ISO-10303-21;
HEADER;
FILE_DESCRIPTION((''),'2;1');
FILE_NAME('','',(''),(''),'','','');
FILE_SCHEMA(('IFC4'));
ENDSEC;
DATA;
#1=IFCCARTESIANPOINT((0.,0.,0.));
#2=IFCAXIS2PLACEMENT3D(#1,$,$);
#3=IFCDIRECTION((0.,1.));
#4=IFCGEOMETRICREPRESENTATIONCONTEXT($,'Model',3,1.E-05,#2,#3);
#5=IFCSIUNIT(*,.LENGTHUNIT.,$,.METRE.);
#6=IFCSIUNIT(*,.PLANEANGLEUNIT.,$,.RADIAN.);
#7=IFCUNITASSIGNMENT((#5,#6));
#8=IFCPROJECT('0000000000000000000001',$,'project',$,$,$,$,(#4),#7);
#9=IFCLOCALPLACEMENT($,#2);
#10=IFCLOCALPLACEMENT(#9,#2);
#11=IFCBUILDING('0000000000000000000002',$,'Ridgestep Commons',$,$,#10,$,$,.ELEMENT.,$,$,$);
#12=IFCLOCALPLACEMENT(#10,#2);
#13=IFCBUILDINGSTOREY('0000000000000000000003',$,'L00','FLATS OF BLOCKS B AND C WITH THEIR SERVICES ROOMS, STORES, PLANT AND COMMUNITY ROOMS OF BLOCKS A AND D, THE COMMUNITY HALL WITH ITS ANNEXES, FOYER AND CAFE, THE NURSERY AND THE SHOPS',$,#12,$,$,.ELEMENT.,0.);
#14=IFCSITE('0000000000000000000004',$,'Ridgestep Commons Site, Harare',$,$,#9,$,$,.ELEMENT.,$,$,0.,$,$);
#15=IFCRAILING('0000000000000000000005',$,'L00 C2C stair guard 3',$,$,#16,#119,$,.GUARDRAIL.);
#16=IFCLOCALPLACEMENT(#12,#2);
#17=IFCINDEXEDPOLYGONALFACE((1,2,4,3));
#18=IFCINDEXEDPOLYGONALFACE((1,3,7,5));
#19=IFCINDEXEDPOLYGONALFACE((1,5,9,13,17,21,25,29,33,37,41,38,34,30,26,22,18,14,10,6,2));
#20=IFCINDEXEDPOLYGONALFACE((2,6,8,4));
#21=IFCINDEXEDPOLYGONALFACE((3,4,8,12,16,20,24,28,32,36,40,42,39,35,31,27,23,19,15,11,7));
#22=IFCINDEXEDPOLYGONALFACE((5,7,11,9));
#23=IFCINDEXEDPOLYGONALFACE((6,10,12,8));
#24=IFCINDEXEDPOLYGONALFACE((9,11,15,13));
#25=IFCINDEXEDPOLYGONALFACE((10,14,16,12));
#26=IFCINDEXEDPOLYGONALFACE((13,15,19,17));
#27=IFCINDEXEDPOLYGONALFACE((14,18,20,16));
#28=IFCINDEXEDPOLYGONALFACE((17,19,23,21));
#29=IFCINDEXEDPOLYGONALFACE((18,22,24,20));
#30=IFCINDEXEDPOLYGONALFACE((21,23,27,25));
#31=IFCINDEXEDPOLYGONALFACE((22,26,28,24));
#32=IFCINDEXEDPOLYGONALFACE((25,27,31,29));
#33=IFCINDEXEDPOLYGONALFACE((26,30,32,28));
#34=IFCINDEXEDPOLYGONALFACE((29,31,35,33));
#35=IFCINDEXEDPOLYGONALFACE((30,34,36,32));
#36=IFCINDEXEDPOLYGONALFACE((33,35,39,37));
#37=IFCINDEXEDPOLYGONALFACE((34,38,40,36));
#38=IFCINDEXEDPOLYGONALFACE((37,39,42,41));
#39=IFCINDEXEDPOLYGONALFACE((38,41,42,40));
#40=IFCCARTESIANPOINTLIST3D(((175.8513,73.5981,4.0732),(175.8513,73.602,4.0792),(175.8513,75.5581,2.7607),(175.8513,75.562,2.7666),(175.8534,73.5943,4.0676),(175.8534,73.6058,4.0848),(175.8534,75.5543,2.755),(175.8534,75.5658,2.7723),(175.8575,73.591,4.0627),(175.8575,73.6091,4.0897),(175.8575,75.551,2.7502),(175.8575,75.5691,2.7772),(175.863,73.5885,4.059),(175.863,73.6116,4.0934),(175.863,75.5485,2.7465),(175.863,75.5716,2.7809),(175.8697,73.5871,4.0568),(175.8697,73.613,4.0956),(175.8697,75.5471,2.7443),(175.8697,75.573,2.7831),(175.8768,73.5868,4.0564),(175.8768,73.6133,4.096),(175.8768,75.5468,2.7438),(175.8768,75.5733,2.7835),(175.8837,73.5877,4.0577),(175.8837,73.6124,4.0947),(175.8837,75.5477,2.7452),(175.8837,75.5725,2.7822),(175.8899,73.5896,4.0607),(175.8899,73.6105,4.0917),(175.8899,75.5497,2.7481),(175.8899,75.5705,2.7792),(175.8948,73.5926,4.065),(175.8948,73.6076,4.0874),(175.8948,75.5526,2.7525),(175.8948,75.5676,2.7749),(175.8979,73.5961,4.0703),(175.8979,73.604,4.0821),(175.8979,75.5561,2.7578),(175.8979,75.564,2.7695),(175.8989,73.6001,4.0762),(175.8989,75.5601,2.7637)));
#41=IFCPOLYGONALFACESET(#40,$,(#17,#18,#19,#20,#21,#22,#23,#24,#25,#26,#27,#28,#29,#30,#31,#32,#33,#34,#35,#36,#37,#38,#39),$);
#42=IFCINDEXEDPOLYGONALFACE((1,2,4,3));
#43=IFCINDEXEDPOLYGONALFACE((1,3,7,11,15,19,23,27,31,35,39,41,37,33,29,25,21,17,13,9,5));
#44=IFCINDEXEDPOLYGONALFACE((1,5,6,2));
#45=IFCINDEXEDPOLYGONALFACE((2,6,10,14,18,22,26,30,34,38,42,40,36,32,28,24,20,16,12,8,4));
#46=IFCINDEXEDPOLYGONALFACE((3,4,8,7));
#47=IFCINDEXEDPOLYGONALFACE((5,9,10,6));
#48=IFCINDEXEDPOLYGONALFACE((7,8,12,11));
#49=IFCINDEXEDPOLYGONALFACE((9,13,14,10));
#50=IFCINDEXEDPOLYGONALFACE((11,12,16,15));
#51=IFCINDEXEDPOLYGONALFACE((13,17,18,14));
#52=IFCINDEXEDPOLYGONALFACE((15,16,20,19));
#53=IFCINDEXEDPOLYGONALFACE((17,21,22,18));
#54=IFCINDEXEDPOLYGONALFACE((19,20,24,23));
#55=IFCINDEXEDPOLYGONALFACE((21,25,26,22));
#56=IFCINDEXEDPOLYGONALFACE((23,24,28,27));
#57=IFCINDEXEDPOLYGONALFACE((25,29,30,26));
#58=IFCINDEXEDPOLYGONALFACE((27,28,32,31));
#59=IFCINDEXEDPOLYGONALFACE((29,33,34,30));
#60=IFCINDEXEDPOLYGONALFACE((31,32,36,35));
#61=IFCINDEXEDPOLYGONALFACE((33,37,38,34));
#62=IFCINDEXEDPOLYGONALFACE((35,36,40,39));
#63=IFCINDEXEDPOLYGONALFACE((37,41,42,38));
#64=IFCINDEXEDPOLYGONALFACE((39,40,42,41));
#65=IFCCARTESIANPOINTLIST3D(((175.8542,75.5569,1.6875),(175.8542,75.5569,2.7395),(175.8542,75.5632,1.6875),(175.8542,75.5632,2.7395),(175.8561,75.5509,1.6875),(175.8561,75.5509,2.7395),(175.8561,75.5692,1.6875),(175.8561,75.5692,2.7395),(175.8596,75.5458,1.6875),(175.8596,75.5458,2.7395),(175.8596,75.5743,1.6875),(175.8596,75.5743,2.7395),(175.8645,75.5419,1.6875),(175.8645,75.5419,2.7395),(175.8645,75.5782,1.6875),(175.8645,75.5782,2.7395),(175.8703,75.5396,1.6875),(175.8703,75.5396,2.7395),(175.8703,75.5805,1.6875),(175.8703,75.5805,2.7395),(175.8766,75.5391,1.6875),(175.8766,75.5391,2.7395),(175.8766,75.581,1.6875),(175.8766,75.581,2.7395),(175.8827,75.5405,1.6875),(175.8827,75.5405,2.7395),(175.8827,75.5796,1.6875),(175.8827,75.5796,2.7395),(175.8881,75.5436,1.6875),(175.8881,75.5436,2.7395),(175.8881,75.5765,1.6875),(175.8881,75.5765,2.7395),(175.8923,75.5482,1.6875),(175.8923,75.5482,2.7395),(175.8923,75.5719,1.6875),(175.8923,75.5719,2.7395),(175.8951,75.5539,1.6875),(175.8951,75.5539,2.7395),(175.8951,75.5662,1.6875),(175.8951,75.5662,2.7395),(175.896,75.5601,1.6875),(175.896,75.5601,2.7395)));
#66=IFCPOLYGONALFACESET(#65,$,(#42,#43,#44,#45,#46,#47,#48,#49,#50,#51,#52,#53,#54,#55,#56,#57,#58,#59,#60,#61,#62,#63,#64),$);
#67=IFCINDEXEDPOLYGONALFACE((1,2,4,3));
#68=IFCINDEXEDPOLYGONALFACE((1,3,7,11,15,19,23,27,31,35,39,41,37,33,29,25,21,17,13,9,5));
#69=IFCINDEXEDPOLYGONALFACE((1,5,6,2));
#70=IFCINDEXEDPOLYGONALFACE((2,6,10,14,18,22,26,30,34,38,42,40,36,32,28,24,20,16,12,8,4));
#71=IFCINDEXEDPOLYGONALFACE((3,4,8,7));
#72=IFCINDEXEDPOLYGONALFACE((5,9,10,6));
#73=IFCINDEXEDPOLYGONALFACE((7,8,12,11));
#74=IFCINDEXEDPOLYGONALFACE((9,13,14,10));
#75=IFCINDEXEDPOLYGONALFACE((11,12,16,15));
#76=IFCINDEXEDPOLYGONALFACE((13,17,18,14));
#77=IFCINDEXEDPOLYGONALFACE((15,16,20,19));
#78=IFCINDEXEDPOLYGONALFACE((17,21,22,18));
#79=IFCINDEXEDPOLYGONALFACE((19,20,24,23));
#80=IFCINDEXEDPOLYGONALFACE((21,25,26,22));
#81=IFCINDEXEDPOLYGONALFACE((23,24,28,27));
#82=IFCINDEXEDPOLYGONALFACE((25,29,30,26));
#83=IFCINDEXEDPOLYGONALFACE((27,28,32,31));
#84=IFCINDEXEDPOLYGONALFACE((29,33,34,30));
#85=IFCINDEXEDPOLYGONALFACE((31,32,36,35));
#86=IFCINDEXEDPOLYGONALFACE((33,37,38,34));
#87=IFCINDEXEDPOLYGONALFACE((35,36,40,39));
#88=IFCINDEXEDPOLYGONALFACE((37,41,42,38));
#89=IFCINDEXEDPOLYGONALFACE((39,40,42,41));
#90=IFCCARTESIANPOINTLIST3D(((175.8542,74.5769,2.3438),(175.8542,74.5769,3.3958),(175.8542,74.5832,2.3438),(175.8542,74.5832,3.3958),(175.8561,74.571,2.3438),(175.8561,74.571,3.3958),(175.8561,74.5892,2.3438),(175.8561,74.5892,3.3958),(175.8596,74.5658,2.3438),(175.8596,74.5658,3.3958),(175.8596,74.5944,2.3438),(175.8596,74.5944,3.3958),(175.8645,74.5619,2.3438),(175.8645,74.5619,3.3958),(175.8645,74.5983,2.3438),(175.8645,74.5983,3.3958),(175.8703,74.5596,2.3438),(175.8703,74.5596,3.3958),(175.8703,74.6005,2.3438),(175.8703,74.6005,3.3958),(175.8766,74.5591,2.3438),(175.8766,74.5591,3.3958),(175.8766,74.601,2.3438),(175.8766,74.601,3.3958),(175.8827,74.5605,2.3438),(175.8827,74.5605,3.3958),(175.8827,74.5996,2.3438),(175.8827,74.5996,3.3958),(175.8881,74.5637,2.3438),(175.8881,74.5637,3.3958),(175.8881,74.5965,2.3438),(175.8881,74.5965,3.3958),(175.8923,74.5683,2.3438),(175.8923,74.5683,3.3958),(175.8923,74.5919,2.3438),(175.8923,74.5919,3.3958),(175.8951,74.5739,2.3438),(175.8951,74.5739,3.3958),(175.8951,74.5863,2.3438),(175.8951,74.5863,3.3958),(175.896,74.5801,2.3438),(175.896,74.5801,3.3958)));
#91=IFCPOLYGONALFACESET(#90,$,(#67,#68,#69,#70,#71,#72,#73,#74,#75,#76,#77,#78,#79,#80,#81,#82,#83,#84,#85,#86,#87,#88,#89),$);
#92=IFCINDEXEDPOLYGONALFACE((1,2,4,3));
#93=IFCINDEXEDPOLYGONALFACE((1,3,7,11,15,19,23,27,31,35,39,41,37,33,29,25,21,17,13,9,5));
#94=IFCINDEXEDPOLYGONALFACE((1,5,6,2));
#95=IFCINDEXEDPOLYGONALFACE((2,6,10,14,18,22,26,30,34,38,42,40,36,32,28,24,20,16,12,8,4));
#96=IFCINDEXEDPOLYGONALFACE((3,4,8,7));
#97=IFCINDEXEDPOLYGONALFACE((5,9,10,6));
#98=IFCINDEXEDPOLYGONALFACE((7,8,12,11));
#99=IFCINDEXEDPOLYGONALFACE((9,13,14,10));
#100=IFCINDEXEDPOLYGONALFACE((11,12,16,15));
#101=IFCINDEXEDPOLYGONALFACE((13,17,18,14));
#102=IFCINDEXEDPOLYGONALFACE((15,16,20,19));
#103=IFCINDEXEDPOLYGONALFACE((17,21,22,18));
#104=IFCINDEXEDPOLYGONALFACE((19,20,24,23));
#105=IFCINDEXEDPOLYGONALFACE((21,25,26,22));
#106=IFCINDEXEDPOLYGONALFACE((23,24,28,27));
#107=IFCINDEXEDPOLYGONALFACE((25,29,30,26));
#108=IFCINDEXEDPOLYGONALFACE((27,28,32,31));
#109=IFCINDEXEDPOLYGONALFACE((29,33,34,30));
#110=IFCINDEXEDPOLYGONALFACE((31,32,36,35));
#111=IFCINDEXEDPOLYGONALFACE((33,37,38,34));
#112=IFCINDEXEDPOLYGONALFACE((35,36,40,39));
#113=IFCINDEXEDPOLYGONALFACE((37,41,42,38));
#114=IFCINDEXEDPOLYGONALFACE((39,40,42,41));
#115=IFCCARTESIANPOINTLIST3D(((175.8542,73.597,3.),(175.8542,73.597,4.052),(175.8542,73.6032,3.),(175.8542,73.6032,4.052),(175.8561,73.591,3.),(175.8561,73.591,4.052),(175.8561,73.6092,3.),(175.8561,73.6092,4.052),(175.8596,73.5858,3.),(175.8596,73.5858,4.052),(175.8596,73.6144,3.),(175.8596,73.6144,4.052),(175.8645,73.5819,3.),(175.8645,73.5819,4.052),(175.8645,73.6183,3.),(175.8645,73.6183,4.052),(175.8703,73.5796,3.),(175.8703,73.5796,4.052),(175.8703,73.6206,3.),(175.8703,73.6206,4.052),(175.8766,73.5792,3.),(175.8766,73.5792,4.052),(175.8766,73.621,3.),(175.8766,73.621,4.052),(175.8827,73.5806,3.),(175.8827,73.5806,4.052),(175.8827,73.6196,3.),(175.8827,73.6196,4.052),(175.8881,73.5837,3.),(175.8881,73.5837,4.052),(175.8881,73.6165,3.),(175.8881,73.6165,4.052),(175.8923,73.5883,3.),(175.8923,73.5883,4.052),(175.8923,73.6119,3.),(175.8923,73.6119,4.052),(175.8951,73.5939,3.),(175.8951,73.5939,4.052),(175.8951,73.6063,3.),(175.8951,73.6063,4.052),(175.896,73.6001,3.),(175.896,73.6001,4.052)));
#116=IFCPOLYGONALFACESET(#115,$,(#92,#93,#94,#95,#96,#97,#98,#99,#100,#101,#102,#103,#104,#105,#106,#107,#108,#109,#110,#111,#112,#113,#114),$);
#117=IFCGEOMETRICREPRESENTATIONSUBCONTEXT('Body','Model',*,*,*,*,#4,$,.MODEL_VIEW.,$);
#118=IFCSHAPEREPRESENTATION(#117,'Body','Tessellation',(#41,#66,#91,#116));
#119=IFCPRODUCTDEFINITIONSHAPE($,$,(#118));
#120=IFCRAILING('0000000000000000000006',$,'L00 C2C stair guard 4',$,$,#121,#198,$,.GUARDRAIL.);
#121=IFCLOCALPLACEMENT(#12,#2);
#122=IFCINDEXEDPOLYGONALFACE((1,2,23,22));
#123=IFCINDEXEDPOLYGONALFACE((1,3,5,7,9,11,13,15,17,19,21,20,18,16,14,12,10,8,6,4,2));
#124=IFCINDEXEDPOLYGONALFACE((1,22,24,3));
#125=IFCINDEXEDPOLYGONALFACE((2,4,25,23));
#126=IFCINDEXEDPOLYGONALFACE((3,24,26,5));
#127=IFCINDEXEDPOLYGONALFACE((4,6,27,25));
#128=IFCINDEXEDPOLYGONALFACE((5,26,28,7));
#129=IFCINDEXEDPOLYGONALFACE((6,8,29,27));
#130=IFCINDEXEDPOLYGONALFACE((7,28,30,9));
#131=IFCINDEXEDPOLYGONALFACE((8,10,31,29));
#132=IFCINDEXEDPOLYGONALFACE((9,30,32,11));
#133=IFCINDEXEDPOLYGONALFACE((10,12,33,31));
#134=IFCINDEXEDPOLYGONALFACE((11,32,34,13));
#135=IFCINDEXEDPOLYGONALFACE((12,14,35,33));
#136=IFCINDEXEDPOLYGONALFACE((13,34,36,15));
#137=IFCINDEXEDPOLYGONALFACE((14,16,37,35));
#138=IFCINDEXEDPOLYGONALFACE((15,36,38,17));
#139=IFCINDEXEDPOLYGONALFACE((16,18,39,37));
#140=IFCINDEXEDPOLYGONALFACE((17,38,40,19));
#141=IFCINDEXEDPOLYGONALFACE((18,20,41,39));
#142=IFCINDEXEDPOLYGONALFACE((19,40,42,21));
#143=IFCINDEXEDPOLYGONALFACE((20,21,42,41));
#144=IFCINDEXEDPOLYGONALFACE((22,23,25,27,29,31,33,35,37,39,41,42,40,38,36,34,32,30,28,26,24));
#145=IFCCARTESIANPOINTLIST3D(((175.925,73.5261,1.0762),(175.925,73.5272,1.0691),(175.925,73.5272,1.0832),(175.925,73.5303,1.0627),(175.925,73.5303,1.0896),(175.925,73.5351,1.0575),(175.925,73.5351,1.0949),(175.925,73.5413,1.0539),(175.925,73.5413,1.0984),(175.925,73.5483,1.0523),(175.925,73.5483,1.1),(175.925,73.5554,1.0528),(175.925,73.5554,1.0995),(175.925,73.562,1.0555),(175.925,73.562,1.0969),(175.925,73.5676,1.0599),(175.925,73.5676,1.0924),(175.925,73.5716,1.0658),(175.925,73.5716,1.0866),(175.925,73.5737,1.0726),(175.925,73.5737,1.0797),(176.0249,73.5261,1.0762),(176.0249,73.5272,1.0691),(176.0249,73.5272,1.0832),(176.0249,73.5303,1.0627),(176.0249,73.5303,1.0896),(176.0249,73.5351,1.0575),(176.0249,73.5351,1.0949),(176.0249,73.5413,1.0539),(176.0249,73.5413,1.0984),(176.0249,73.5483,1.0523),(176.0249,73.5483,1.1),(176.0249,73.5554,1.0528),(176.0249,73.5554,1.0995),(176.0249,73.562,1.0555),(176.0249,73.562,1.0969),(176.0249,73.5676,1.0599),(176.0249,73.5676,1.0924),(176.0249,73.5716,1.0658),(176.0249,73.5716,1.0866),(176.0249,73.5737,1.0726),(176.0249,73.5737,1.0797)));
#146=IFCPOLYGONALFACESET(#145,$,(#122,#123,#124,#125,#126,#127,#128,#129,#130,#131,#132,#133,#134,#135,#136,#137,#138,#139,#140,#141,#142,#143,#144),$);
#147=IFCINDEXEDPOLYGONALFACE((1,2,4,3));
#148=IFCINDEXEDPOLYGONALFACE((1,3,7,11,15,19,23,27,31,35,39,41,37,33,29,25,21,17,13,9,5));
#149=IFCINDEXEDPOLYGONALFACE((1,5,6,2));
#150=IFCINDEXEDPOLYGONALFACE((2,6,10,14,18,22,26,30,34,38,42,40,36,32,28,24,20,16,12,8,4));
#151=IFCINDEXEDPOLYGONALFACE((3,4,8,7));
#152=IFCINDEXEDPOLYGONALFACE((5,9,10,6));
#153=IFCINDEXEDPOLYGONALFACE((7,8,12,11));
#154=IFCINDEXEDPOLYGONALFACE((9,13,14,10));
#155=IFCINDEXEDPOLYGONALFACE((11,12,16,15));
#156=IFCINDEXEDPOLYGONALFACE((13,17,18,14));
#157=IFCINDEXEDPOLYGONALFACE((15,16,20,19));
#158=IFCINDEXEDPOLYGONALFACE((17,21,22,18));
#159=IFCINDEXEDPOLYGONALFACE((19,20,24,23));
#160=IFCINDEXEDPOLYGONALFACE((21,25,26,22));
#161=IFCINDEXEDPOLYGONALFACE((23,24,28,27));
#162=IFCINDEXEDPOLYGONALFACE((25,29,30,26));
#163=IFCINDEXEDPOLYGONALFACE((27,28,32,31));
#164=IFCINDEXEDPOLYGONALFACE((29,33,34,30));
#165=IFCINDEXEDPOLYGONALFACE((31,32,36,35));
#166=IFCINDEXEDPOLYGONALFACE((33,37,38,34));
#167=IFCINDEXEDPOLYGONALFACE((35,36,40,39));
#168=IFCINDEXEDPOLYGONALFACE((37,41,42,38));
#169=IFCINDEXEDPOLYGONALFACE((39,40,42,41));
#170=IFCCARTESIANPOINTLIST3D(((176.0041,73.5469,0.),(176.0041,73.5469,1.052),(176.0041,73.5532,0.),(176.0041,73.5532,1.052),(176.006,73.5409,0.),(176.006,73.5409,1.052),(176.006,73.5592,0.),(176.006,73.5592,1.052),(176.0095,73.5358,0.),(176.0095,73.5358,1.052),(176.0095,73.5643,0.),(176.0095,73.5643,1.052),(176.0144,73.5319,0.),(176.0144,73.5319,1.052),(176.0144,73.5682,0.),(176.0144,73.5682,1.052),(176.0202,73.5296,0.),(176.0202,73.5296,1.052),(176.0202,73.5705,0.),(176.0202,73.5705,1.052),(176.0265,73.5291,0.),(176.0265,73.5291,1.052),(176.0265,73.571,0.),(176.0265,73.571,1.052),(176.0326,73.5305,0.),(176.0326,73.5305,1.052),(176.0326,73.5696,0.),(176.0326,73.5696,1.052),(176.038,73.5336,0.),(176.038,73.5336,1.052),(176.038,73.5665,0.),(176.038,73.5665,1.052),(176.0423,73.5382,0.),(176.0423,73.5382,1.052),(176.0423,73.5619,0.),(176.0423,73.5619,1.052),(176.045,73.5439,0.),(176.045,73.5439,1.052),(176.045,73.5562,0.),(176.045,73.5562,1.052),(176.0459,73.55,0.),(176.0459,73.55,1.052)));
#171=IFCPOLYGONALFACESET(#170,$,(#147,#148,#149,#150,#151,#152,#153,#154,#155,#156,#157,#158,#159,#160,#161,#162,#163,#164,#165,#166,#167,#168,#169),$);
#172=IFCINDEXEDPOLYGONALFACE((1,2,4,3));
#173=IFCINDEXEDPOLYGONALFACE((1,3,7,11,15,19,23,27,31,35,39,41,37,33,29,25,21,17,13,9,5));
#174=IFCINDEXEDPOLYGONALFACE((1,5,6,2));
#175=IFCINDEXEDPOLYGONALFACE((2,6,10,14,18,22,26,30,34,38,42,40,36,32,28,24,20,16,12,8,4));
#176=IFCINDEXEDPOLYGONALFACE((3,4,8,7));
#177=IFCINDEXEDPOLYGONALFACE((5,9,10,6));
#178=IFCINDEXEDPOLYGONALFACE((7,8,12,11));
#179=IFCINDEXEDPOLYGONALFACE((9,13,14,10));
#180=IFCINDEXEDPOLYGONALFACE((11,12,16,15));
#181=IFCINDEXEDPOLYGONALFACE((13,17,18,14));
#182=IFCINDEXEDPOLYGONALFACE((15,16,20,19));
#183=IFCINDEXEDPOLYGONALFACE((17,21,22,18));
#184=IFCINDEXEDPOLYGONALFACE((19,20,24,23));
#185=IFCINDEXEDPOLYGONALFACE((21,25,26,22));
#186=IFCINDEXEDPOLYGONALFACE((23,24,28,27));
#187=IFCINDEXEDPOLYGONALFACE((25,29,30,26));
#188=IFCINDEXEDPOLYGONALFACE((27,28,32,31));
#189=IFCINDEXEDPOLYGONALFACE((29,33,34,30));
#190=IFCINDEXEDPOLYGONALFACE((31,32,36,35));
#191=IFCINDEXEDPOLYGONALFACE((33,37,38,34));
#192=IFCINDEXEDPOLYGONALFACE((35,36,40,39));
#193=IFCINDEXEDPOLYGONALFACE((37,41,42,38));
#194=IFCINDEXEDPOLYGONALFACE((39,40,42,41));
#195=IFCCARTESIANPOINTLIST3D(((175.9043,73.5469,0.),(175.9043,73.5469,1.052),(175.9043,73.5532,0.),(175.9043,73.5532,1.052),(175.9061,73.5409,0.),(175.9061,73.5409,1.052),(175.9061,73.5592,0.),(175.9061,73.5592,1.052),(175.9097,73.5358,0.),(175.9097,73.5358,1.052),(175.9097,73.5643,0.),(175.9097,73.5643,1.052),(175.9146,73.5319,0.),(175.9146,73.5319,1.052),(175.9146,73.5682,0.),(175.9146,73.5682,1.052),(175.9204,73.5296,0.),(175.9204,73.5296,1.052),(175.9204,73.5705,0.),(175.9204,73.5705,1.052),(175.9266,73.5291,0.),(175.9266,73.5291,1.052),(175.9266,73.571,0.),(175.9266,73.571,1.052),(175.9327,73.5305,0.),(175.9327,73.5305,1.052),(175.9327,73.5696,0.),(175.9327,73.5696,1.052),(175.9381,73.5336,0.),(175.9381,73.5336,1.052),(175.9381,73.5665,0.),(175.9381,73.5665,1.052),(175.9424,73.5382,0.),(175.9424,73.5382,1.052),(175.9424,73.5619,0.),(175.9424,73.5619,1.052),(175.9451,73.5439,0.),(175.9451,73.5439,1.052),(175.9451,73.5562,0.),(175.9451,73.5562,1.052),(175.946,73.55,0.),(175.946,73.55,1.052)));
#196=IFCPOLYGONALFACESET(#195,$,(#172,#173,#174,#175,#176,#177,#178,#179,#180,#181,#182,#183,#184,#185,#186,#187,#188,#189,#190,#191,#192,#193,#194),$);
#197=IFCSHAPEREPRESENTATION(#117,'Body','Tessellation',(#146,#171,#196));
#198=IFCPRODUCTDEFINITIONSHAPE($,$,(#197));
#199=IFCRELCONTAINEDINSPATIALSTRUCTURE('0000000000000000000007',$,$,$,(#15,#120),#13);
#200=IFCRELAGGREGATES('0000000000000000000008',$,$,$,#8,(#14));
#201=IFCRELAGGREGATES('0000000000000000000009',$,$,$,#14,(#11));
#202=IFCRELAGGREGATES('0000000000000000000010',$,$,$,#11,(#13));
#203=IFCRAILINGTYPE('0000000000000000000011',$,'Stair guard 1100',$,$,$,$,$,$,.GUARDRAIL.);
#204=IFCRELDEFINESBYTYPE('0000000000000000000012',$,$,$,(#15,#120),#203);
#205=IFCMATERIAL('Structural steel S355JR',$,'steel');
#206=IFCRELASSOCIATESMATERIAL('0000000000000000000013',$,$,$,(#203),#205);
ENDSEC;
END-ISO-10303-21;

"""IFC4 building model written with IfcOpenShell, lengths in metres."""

from ifc_helpers import new_model, si_unit, direction, frame, origin, origin_2d, place, context, subcontext, project, spatial, circle, extrude, material, type_object, element, save


model = new_model("IFC4")

# Units and contexts
model_context = context("Model", 3, precision=1e-05, world=origin(), true_north=direction((0.0, 1.0)))
body_context = subcontext(model_context, "Body", "Model", "MODEL_VIEW")
ifc_project = project(units=[si_unit("LENGTHUNIT", "METRE"), si_unit("PLANEANGLEUNIT", "RADIAN")], contexts=[model_context])

# Site, building, storey
site_placement = place(None, origin())
site = spatial("IfcSite", under=ifc_project, at=site_placement, Name="Ridgestep Commons Site, Harare", CompositionType="ELEMENT", RefElevation=0.0)
building_placement = place(site_placement, origin())
building = spatial("IfcBuilding", under=site, at=building_placement, Name="Ridgestep Commons", CompositionType="ELEMENT")
storey_placement = place(building_placement, origin())
storey = spatial("IfcBuildingStorey", under=building, at=storey_placement, Name="L00", Description="FLATS OF BLOCKS B AND C WITH THEIR SERVICES ROOMS, STORES, PLANT AND COMMUNITY ROOMS OF BLOCKS A AND D, THE COMMUNITY HALL WITH ITS ANNEXES, FOYER AND CAFE, THE NURSERY AND THE SHOPS", CompositionType="ELEMENT", Elevation=0.0)

# Railings
ifc_material_1 = material(Name="Structural steel S355JR", Category="steel")
railing_type_1 = type_object("IfcRailingType", Name="Stair guard 1100", PredefinedType="GUARDRAIL", material=ifc_material_1)
railing_1_placement = place(storey_placement, frame((175.875, 75.5601, 1.6875)))
element("IfcRailing", 1, at=railing_1_placement, inside=storey, type_object=railing_type_1, Name="L00 C2C stair guard 3", PredefinedType="GUARDRAIL", context=body_context, shape_type="SweptSolid", body=[
    extrude(circle(Radius=0.0239, at=origin_2d()), frame((0.0, 0.0, 1.0762), z_axis=(0.0, -0.830902, 0.556419), x_axis=(1.0, 0.0, 0.0)), (0.0, 0.0, 1.0), 2.3589),
    extrude(circle(Radius=0.021, at=origin_2d()), origin(), (0.0, 0.0, 1.0), 1.052),
    extrude(circle(Radius=0.021, at=origin_2d()), frame((0.0, -0.98, 0.6562)), (0.0, 0.0, 1.0), 1.052),
    extrude(circle(Radius=0.021, at=origin_2d()), frame((0.0, -1.96, 1.3125)), (0.0, 0.0, 1.0), 1.052),
])
railing_2_placement = place(storey_placement, frame((176.0249, 73.55, 0.0)))
element("IfcRailing", 2, at=railing_2_placement, inside=storey, type_object=railing_type_1, Name="L00 C2C stair guard 4", PredefinedType="GUARDRAIL", context=body_context, shape_type="SweptSolid", body=[
    extrude(circle(Radius=0.0239, at=origin_2d()), frame((0.0, 0.0, 1.0762), z_axis=(-1.0, 0.0, 0.0), x_axis=(0.0, -1.0, 0.0)), (0.0, 0.0, 1.0), 0.0999),
    extrude(circle(Radius=0.021, at=origin_2d()), origin(), (0.0, 0.0, 1.0), 1.052),
    extrude(circle(Radius=0.021, at=origin_2d()), frame((-0.0999, 0.0, 0.0)), (0.0, 0.0, 1.0), 1.052),
])

save(model, "model.ifc")
